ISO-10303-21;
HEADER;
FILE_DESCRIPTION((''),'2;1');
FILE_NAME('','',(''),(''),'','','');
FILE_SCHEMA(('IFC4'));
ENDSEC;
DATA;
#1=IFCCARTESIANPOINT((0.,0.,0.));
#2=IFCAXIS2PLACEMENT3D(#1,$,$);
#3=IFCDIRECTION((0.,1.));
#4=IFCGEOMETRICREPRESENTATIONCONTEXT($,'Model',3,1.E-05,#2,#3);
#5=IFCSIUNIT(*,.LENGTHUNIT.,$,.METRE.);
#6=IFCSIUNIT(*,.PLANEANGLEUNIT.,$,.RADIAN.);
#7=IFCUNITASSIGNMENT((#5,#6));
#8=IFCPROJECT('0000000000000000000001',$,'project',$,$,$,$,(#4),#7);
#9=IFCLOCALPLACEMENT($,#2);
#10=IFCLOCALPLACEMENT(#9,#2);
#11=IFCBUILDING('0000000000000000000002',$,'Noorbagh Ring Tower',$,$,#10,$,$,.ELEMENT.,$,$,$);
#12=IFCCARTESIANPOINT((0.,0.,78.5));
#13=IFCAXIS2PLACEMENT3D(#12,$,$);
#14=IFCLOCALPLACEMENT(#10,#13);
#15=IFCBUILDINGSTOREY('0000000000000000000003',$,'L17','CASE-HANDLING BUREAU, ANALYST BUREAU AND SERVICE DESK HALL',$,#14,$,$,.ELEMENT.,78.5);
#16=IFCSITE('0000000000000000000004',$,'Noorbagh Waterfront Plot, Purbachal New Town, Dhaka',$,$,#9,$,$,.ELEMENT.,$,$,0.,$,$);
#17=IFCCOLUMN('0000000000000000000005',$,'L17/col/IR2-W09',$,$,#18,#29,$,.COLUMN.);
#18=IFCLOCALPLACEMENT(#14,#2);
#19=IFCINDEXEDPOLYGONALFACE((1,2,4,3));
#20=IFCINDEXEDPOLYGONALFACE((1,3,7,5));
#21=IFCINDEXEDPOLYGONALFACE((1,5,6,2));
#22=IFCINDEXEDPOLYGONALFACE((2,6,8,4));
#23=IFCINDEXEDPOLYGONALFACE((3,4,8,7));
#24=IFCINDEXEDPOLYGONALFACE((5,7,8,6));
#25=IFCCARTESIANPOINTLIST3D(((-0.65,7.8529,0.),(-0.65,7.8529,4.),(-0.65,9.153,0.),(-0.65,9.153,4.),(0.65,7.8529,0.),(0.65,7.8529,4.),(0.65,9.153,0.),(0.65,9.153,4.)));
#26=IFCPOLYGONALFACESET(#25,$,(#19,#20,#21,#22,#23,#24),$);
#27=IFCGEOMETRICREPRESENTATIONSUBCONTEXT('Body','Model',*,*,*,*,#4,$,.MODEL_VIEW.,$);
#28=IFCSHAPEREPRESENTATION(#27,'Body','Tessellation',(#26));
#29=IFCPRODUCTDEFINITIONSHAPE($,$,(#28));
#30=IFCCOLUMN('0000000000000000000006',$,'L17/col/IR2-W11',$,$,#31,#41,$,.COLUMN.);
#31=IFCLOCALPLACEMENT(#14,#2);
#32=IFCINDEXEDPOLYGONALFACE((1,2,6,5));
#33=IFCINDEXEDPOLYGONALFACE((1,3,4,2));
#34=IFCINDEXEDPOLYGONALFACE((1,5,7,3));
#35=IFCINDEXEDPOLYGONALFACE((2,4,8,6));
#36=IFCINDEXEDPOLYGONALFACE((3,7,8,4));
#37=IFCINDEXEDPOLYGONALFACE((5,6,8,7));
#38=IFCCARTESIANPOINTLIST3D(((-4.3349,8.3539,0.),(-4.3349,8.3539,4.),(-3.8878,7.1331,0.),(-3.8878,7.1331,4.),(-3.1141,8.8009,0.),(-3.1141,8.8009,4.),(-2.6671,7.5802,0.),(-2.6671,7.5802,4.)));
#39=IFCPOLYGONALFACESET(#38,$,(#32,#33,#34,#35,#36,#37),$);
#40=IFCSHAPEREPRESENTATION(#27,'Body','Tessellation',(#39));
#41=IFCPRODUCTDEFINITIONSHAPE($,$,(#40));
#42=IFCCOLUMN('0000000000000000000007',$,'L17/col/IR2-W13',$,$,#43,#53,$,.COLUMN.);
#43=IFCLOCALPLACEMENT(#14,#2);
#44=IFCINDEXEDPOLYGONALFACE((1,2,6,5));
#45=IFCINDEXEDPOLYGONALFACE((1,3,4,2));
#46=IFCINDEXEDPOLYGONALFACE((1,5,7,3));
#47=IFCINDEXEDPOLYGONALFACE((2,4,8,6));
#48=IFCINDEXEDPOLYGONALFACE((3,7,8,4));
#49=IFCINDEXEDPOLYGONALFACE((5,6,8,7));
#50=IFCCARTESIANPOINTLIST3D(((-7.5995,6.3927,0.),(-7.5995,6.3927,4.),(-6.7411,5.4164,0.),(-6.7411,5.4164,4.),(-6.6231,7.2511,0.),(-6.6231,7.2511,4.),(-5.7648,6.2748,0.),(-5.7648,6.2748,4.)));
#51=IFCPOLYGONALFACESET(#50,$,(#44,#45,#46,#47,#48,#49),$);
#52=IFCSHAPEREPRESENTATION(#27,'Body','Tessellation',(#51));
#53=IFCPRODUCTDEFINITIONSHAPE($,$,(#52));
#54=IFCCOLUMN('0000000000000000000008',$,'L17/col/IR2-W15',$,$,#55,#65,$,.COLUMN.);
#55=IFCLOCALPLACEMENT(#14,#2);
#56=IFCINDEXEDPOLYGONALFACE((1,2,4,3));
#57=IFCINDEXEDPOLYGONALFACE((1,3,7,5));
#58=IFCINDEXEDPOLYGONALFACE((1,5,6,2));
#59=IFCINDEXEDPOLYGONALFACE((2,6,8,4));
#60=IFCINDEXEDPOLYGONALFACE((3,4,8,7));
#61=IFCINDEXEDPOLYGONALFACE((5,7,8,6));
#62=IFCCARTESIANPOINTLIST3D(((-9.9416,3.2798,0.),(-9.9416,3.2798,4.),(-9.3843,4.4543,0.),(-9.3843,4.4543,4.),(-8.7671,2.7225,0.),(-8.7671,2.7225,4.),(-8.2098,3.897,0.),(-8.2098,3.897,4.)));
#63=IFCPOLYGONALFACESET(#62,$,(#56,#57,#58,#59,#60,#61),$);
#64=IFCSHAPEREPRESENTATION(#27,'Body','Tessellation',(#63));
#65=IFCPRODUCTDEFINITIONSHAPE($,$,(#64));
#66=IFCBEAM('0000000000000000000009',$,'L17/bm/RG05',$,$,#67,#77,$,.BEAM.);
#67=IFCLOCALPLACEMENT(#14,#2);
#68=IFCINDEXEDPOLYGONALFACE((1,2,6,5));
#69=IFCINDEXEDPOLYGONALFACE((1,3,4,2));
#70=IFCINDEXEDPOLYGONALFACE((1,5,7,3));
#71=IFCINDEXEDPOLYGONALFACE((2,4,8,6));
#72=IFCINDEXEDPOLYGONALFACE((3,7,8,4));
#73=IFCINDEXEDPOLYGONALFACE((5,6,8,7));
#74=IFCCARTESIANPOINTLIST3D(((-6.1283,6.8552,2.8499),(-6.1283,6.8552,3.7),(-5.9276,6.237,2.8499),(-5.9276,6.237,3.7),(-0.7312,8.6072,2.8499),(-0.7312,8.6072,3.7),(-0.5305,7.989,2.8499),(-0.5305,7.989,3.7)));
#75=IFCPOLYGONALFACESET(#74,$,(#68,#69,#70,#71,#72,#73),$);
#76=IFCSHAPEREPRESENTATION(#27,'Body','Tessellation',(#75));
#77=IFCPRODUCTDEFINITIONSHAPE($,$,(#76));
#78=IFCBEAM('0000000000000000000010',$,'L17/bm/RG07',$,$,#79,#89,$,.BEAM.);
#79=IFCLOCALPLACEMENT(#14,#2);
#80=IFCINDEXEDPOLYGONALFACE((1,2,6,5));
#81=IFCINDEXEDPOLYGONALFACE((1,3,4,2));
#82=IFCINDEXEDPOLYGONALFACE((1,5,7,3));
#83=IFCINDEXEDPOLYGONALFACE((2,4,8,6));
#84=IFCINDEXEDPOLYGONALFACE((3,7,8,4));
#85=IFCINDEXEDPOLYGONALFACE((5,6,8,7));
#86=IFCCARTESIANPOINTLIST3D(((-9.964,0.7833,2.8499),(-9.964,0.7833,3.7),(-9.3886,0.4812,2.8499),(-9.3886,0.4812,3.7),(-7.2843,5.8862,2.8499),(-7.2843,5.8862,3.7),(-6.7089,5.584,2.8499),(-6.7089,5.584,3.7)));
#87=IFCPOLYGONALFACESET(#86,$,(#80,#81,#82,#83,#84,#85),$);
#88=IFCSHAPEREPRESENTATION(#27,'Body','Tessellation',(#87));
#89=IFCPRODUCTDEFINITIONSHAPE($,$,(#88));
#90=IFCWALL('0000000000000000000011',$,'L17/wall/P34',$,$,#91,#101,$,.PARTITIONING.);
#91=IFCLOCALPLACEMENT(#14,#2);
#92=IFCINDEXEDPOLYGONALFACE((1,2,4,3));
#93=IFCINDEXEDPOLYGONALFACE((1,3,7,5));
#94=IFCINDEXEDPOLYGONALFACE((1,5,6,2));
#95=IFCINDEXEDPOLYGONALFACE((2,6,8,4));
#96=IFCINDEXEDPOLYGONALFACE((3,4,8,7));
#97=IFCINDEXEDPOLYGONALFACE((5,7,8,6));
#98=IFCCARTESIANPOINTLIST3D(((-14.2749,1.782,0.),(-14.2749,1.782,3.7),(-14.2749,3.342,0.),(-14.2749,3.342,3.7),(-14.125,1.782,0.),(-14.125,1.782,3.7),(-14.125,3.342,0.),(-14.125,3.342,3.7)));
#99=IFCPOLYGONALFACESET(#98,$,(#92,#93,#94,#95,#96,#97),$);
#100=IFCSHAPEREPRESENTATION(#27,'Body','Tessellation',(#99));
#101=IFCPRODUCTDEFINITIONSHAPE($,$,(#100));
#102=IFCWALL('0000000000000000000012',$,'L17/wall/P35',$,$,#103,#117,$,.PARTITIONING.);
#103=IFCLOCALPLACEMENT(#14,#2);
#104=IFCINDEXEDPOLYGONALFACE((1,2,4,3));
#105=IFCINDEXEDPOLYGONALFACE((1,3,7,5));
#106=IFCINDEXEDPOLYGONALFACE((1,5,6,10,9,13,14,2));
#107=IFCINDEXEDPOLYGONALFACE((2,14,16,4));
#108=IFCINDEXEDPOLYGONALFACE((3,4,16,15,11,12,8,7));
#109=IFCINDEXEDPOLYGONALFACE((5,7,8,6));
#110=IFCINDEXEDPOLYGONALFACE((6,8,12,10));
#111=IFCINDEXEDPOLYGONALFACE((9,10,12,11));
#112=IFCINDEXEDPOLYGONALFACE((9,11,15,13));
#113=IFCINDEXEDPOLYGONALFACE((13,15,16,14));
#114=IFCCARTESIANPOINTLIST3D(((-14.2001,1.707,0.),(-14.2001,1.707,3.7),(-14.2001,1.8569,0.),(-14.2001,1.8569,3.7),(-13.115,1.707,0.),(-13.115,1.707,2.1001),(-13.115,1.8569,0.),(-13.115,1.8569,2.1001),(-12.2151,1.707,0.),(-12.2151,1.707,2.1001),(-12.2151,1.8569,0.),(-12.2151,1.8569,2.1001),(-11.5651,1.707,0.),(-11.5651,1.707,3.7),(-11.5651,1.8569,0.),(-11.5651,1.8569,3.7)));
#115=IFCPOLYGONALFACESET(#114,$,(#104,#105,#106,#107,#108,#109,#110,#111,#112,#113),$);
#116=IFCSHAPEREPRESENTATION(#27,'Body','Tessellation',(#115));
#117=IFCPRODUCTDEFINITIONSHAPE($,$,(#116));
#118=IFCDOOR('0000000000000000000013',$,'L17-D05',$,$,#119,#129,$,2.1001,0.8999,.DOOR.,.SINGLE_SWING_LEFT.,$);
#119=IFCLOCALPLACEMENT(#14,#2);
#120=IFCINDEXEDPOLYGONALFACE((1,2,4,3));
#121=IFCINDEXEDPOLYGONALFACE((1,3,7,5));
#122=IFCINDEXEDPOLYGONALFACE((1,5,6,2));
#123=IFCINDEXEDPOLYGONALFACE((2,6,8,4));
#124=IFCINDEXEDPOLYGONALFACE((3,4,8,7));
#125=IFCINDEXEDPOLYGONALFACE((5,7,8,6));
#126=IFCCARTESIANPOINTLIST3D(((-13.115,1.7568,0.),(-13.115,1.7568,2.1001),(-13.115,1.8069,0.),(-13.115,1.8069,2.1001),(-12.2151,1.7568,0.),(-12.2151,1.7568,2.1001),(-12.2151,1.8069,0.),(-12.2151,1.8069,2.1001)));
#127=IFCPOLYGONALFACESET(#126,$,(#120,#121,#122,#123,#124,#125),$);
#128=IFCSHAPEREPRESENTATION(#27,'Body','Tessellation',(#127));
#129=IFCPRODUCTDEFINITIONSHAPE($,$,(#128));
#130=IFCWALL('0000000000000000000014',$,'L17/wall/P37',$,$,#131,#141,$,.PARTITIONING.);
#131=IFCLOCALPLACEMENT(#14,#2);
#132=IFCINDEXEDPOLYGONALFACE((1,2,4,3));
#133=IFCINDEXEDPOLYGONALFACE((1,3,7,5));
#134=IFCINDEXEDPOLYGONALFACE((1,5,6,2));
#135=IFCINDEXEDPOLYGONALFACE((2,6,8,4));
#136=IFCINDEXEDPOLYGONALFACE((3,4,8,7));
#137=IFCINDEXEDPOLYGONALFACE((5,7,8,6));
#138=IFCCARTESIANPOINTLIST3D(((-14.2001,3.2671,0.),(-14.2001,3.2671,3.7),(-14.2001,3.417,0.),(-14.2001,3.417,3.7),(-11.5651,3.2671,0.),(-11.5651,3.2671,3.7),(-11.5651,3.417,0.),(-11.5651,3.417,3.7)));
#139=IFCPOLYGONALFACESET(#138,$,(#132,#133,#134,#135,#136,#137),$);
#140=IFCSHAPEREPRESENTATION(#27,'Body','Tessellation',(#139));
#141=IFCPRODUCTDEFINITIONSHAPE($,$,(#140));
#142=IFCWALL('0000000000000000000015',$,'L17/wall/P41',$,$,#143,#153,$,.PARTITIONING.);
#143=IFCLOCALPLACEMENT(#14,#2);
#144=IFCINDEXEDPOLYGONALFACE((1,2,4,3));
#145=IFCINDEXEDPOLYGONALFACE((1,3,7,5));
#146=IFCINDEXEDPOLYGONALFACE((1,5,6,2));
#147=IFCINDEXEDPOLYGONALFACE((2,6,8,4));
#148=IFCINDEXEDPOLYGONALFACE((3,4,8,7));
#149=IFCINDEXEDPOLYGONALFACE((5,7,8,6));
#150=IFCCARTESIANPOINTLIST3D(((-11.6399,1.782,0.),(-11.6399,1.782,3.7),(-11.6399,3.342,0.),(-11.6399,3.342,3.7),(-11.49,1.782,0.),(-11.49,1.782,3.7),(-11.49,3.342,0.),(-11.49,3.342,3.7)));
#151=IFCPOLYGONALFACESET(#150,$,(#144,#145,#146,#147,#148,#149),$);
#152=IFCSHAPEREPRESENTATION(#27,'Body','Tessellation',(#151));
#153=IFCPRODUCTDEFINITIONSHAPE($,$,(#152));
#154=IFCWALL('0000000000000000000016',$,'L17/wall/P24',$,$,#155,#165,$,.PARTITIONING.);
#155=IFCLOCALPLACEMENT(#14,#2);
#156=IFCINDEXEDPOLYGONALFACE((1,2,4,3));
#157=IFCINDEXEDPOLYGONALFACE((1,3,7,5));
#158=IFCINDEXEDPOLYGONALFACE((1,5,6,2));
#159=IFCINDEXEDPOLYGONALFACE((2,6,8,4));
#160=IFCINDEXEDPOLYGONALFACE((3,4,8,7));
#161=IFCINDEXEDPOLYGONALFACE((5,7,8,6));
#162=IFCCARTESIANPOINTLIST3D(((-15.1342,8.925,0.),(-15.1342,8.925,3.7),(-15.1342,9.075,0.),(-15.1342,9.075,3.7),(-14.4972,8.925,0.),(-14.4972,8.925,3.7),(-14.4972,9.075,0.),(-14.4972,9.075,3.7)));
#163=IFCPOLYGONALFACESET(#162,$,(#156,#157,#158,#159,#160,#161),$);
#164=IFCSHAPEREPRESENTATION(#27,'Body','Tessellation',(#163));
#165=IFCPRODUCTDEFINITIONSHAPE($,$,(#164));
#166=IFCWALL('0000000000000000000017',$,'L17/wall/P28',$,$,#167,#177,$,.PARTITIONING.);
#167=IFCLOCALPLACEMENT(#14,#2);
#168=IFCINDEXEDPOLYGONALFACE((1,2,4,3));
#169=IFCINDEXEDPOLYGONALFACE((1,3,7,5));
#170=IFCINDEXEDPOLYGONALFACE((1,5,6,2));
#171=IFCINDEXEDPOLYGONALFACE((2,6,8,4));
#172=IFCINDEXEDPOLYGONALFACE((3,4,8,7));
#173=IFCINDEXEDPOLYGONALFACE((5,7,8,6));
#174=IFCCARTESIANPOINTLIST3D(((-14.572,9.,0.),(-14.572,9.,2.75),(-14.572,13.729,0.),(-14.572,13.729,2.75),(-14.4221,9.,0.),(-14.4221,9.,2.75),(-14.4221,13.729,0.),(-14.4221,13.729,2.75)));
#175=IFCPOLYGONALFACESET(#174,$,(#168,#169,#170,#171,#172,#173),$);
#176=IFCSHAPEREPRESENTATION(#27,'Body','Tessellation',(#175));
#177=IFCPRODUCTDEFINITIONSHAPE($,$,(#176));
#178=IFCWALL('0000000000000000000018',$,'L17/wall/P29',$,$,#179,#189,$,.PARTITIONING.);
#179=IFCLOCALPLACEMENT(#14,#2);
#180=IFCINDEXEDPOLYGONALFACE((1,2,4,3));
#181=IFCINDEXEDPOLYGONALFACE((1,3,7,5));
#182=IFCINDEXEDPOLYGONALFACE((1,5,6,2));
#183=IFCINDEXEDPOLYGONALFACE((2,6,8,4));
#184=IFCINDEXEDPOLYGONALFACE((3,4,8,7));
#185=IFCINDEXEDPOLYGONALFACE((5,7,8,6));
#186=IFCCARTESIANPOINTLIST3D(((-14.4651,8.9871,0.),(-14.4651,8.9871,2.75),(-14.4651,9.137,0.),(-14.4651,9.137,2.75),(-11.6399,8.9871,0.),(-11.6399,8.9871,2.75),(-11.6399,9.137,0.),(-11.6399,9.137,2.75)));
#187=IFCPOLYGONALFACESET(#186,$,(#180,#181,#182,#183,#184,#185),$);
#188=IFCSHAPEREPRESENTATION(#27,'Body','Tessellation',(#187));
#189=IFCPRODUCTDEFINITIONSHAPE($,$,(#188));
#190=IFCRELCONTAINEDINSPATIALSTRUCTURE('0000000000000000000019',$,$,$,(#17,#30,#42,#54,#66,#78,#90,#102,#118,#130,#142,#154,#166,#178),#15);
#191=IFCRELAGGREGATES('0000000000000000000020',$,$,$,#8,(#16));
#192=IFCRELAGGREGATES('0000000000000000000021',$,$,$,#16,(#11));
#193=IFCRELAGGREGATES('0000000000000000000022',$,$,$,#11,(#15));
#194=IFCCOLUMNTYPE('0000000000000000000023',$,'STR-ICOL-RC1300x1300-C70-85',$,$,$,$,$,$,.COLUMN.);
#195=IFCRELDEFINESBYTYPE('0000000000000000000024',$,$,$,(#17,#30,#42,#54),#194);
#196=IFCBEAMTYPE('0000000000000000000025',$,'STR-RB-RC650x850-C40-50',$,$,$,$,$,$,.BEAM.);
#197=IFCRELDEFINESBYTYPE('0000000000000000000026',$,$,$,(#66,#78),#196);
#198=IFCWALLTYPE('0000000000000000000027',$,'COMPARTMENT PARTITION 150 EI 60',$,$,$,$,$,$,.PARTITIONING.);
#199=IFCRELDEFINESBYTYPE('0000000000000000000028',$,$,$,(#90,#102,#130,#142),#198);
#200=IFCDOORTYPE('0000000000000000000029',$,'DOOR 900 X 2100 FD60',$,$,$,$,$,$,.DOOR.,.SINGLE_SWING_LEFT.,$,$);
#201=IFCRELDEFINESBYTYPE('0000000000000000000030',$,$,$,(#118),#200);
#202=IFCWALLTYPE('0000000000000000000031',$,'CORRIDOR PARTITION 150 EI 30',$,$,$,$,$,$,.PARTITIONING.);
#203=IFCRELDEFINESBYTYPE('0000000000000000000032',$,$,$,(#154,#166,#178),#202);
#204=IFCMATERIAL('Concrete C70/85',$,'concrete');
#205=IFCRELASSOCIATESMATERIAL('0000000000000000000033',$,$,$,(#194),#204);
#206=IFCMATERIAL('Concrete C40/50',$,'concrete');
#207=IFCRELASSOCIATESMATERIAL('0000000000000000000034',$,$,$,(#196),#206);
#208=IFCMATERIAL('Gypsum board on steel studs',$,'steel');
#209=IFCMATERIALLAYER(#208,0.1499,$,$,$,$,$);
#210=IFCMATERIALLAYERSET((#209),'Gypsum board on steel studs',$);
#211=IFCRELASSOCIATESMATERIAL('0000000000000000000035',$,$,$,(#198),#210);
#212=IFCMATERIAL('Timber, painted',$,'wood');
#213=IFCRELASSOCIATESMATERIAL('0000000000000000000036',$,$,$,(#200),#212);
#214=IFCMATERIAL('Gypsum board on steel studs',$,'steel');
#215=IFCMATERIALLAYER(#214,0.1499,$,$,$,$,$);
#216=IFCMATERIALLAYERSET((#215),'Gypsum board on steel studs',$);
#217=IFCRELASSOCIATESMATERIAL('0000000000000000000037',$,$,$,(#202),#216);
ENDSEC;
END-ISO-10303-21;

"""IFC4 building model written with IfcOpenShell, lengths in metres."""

from ifc_helpers import new_model, si_unit, direction, frame, frame_2d, origin, origin_2d, place, context, subcontext, project, spatial, rectangle, extrude, material, layer, layer_set, material_profile, profile_set, type_object, element, fill, save


model = new_model("IFC4")

# Units and contexts
model_context = context("Model", 3, precision=1e-05, world=origin(), true_north=direction((0.0, 1.0)))
body_context = subcontext(model_context, "Body", "Model", "MODEL_VIEW")
ifc_project = project(units=[si_unit("LENGTHUNIT", "METRE"), si_unit("PLANEANGLEUNIT", "RADIAN")], contexts=[model_context])

# Site, building, storey
site_placement = place(None, origin())
site = spatial("IfcSite", under=ifc_project, at=site_placement, Name="Noorbagh Waterfront Plot, Purbachal New Town, Dhaka", CompositionType="ELEMENT", RefElevation=0.0)
building_placement = place(site_placement, origin())
building = spatial("IfcBuilding", under=site, at=building_placement, Name="Noorbagh Ring Tower", CompositionType="ELEMENT")
storey_placement = place(building_placement, frame((0.0, 0.0, 78.5)))
storey = spatial("IfcBuildingStorey", under=building, at=storey_placement, Name="L17", Description="CASE-HANDLING BUREAU, ANALYST BUREAU AND SERVICE DESK HALL", CompositionType="ELEMENT", Elevation=78.5)

# Columns
ifc_material_1 = material(Name="Concrete C70/85", Category="concrete")
ifc_material_profile_1 = material_profile(ifc_material_1, rectangle(XDim=1.3, YDim=1.3, at=origin_2d()), Name="RC1300x1300")
ifc_profile_set_1 = profile_set([ifc_material_profile_1], Name="Concrete C70/85")
column_type = type_object("IfcColumnType", Name="STR-ICOL-RC1300x1300-C70-85", PredefinedType="COLUMN", material=ifc_profile_set_1)
for number, where, z_axis, x_axis, name in (
    (1, (0.0, 8.5029, 0.0), (0.0, 0.0, 1.0), (-1.0, 0.0, 0.0), "L17/col/IR2-W09"),
    (2, (-3.501, 7.967, 0.0), (0.0, 0.0, 1.0), (-0.93902, -0.343864, 0.0), "L17/col/IR2-W11"),
    (3, (-6.6821, 6.3337, 0.0), (0.0, 0.0, 1.0), (-0.751022, -0.660277, 0.0), "L17/col/IR2-W13"),
    (4, (-9.0757, 3.5884, 0.0), (0.0, 0.0, 1.0), (-0.428667, -0.903463, 0.0), "L17/col/IR2-W15"),
):
    element("IfcColumn", number, at=place(storey_placement, frame(where, z_axis=z_axis, x_axis=x_axis)), inside=storey, type_object=column_type, Name=name, PredefinedType="COLUMN", context=body_context, shape_type="SweptSolid", body=[
        extrude(rectangle(XDim=1.3, YDim=1.3, at=origin_2d()), origin(), (0.0, 0.0, 1.0), 4.0),
    ])

# Beams
ifc_material_2 = material(Name="Concrete C40/50", Category="concrete")
ifc_material_profile_2 = material_profile(ifc_material_2, rectangle(XDim=0.6499, YDim=0.8501, at=origin_2d()), Name="RC650x850")
ifc_profile_set_2 = profile_set([ifc_material_profile_2], Name="Concrete C40/50")
beam_type = type_object("IfcBeamType", Name="STR-RB-RC650x850-C40-50", PredefinedType="BEAM", material=ifc_profile_set_2)
beam_1_placement = place(storey_placement, frame((-0.6309, 8.2981, 3.2749), z_axis=(-0.951141, -0.308757, 0.0), x_axis=(0.308757, -0.951141, 0.0)))
element("IfcBeam", 5, at=beam_1_placement, inside=storey, type_object=beam_type, Name="L17/bm/RG05", PredefinedType="BEAM", context=body_context, shape_type="SweptSolid", body=[
    extrude(rectangle(XDim=0.6499, YDim=0.8501, at=origin_2d()), origin(), (0.0, 0.0, 1.0), 5.6743),
])
beam_2_placement = place(storey_placement, frame((-6.9966, 5.7351, 3.2749), z_axis=(-0.464933, -0.885346, 0.0), x_axis=(0.885346, -0.464933, 0.0)))
element("IfcBeam", 6, at=beam_2_placement, inside=storey, type_object=beam_type, Name="L17/bm/RG07", PredefinedType="BEAM", context=body_context, shape_type="SweptSolid", body=[
    extrude(rectangle(XDim=0.6499, YDim=0.8501, at=origin_2d()), origin(), (0.0, 0.0, 1.0), 5.7637),
])

# Wall
ifc_material_3 = material(Name="Gypsum board on steel studs", Category="steel")
ifc_layer_1 = layer(ifc_material_3, 0.1499)
ifc_layer_set_1 = layer_set([ifc_layer_1], Name="Gypsum board on steel studs")
wall_type_1 = type_object("IfcWallType", Name="COMPARTMENT PARTITION 150 EI 60", PredefinedType="PARTITIONING", material=ifc_layer_set_1)
wall_1_placement = place(storey_placement, frame((-14.2, 1.782, 0.0), z_axis=(0.0, 0.0, 1.0), x_axis=(0.0, 1.0, 0.0)))
element("IfcWall", 7, at=wall_1_placement, inside=storey, type_object=wall_type_1, Name="L17/wall/P34", PredefinedType="PARTITIONING", context=body_context, shape_type="SweptSolid", body=[
    extrude(rectangle(XDim=1.5601, YDim=0.1499, at=frame_2d((0.78, 0.0))), origin(), (0.0, 0.0, 1.0), 3.7),
])

# Wall, opening, door
wall_2_placement = place(storey_placement, frame((-14.2, 1.782, 0.0), z_axis=(0.0, 0.0, 1.0), x_axis=(1.0, 0.0, 0.0)))
wall_2 = element("IfcWall", 8, at=wall_2_placement, inside=storey, type_object=wall_type_1, Name="L17/wall/P35", PredefinedType="PARTITIONING", context=body_context, shape_type="SweptSolid", body=[
    extrude(rectangle(XDim=2.635, YDim=0.1499, at=frame_2d((1.3174, 0.0))), origin(), (0.0, 0.0, 1.0), 3.7),
])
opening_1_placement = place(wall_2_placement, frame((1.085, 0.0, 0.0)))
opening_1 = element("IfcOpeningElement", 9, at=opening_1_placement, cuts=wall_2, PredefinedType="OPENING", context=body_context, shape_type="SweptSolid", body=[
    extrude(rectangle(XDim=0.8999, YDim=2.1001, at=frame_2d((0.45, 1.05))), frame((0.0, 0.085, 0.0), z_axis=(0.0, -1.0, 0.0), x_axis=(1.0, 0.0, 0.0)), (0.0, 0.0, 1.0), 0.1699),
])
ifc_material_4 = material(Name="Timber, painted", Category="wood")
door_type_1 = type_object("IfcDoorType", Name="DOOR 900 X 2100 FD60", OperationType="SINGLE_SWING_LEFT", PredefinedType="DOOR", material=ifc_material_4)
door_1_placement = place(opening_1_placement, origin())
door_1 = element("IfcDoor", 10, at=door_1_placement, inside=storey, type_object=door_type_1, Name="L17-D05", OperationType="SINGLE_SWING_LEFT", OverallHeight=2.1001, OverallWidth=0.8999, PredefinedType="DOOR", context=body_context, shape_type="SweptSolid", body=[
    extrude(rectangle(XDim=0.8999, YDim=2.1001, at=frame_2d((0.45, 1.05))), frame((0.0, 0.0249, 0.0), z_axis=(0.0, -1.0, 0.0), x_axis=(1.0, 0.0, 0.0)), (0.0, 0.0, 1.0), 0.05),
])
fill(opening_1, door_1)

# Walls
wall_3_placement = place(storey_placement, frame((-14.2, 3.342, 0.0), z_axis=(0.0, 0.0, 1.0), x_axis=(1.0, 0.0, 0.0)))
element("IfcWall", 11, at=wall_3_placement, inside=storey, type_object=wall_type_1, Name="L17/wall/P37", PredefinedType="PARTITIONING", context=body_context, shape_type="SweptSolid", body=[
    extrude(rectangle(XDim=2.635, YDim=0.1499, at=frame_2d((1.3174, 0.0))), origin(), (0.0, 0.0, 1.0), 3.7),
])
wall_4_placement = place(storey_placement, frame((-11.5649, 1.782, 0.0), z_axis=(0.0, 0.0, 1.0), x_axis=(0.0, 1.0, 0.0)))
element("IfcWall", 12, at=wall_4_placement, inside=storey, type_object=wall_type_1, Name="L17/wall/P41", PredefinedType="PARTITIONING", context=body_context, shape_type="SweptSolid", body=[
    extrude(rectangle(XDim=1.5601, YDim=0.1499, at=frame_2d((0.78, 0.0))), origin(), (0.0, 0.0, 1.0), 3.7),
])
ifc_material_5 = material(Name="Gypsum board on steel studs", Category="steel")
ifc_layer_2 = layer(ifc_material_5, 0.1499)
ifc_layer_set_2 = layer_set([ifc_layer_2], Name="Gypsum board on steel studs")
wall_type_2 = type_object("IfcWallType", Name="CORRIDOR PARTITION 150 EI 30", PredefinedType="PARTITIONING", material=ifc_layer_set_2)
wall_5_placement = place(storey_placement, frame((-15.134, 9.0, 0.0), z_axis=(0.0, 0.0, 1.0), x_axis=(1.0, 0.0, 0.0)))
element("IfcWall", 13, at=wall_5_placement, inside=storey, type_object=wall_type_2, Name="L17/wall/P24", PredefinedType="PARTITIONING", context=body_context, shape_type="SweptSolid", body=[
    extrude(rectangle(XDim=0.637, YDim=0.1499, at=frame_2d((0.3184, 0.0))), origin(), (0.0, 0.0, 1.0), 3.7),
])
wall_6_placement = place(storey_placement, frame((-14.4971, 9.0, 0.0), z_axis=(0.0, 0.0, 1.0), x_axis=(0.0, 1.0, 0.0)))
element("IfcWall", 14, at=wall_6_placement, inside=storey, type_object=wall_type_2, Name="L17/wall/P28", PredefinedType="PARTITIONING", context=body_context, shape_type="SweptSolid", body=[
    extrude(rectangle(XDim=4.729, YDim=0.1499, at=frame_2d((2.3645, 0.0))), origin(), (0.0, 0.0, 1.0), 2.75),
])
wall_7_placement = place(storey_placement, frame((-14.4651, 9.062, 0.0), z_axis=(0.0, 0.0, 1.0), x_axis=(1.0, 0.0, 0.0)))
element("IfcWall", 15, at=wall_7_placement, inside=storey, type_object=wall_type_2, Name="L17/wall/P29", PredefinedType="PARTITIONING", context=body_context, shape_type="SweptSolid", body=[
    extrude(rectangle(XDim=2.8252, YDim=0.1499, at=frame_2d((1.4126, 0.0))), origin(), (0.0, 0.0, 1.0), 2.75),
])

save(model, "model.ifc")
